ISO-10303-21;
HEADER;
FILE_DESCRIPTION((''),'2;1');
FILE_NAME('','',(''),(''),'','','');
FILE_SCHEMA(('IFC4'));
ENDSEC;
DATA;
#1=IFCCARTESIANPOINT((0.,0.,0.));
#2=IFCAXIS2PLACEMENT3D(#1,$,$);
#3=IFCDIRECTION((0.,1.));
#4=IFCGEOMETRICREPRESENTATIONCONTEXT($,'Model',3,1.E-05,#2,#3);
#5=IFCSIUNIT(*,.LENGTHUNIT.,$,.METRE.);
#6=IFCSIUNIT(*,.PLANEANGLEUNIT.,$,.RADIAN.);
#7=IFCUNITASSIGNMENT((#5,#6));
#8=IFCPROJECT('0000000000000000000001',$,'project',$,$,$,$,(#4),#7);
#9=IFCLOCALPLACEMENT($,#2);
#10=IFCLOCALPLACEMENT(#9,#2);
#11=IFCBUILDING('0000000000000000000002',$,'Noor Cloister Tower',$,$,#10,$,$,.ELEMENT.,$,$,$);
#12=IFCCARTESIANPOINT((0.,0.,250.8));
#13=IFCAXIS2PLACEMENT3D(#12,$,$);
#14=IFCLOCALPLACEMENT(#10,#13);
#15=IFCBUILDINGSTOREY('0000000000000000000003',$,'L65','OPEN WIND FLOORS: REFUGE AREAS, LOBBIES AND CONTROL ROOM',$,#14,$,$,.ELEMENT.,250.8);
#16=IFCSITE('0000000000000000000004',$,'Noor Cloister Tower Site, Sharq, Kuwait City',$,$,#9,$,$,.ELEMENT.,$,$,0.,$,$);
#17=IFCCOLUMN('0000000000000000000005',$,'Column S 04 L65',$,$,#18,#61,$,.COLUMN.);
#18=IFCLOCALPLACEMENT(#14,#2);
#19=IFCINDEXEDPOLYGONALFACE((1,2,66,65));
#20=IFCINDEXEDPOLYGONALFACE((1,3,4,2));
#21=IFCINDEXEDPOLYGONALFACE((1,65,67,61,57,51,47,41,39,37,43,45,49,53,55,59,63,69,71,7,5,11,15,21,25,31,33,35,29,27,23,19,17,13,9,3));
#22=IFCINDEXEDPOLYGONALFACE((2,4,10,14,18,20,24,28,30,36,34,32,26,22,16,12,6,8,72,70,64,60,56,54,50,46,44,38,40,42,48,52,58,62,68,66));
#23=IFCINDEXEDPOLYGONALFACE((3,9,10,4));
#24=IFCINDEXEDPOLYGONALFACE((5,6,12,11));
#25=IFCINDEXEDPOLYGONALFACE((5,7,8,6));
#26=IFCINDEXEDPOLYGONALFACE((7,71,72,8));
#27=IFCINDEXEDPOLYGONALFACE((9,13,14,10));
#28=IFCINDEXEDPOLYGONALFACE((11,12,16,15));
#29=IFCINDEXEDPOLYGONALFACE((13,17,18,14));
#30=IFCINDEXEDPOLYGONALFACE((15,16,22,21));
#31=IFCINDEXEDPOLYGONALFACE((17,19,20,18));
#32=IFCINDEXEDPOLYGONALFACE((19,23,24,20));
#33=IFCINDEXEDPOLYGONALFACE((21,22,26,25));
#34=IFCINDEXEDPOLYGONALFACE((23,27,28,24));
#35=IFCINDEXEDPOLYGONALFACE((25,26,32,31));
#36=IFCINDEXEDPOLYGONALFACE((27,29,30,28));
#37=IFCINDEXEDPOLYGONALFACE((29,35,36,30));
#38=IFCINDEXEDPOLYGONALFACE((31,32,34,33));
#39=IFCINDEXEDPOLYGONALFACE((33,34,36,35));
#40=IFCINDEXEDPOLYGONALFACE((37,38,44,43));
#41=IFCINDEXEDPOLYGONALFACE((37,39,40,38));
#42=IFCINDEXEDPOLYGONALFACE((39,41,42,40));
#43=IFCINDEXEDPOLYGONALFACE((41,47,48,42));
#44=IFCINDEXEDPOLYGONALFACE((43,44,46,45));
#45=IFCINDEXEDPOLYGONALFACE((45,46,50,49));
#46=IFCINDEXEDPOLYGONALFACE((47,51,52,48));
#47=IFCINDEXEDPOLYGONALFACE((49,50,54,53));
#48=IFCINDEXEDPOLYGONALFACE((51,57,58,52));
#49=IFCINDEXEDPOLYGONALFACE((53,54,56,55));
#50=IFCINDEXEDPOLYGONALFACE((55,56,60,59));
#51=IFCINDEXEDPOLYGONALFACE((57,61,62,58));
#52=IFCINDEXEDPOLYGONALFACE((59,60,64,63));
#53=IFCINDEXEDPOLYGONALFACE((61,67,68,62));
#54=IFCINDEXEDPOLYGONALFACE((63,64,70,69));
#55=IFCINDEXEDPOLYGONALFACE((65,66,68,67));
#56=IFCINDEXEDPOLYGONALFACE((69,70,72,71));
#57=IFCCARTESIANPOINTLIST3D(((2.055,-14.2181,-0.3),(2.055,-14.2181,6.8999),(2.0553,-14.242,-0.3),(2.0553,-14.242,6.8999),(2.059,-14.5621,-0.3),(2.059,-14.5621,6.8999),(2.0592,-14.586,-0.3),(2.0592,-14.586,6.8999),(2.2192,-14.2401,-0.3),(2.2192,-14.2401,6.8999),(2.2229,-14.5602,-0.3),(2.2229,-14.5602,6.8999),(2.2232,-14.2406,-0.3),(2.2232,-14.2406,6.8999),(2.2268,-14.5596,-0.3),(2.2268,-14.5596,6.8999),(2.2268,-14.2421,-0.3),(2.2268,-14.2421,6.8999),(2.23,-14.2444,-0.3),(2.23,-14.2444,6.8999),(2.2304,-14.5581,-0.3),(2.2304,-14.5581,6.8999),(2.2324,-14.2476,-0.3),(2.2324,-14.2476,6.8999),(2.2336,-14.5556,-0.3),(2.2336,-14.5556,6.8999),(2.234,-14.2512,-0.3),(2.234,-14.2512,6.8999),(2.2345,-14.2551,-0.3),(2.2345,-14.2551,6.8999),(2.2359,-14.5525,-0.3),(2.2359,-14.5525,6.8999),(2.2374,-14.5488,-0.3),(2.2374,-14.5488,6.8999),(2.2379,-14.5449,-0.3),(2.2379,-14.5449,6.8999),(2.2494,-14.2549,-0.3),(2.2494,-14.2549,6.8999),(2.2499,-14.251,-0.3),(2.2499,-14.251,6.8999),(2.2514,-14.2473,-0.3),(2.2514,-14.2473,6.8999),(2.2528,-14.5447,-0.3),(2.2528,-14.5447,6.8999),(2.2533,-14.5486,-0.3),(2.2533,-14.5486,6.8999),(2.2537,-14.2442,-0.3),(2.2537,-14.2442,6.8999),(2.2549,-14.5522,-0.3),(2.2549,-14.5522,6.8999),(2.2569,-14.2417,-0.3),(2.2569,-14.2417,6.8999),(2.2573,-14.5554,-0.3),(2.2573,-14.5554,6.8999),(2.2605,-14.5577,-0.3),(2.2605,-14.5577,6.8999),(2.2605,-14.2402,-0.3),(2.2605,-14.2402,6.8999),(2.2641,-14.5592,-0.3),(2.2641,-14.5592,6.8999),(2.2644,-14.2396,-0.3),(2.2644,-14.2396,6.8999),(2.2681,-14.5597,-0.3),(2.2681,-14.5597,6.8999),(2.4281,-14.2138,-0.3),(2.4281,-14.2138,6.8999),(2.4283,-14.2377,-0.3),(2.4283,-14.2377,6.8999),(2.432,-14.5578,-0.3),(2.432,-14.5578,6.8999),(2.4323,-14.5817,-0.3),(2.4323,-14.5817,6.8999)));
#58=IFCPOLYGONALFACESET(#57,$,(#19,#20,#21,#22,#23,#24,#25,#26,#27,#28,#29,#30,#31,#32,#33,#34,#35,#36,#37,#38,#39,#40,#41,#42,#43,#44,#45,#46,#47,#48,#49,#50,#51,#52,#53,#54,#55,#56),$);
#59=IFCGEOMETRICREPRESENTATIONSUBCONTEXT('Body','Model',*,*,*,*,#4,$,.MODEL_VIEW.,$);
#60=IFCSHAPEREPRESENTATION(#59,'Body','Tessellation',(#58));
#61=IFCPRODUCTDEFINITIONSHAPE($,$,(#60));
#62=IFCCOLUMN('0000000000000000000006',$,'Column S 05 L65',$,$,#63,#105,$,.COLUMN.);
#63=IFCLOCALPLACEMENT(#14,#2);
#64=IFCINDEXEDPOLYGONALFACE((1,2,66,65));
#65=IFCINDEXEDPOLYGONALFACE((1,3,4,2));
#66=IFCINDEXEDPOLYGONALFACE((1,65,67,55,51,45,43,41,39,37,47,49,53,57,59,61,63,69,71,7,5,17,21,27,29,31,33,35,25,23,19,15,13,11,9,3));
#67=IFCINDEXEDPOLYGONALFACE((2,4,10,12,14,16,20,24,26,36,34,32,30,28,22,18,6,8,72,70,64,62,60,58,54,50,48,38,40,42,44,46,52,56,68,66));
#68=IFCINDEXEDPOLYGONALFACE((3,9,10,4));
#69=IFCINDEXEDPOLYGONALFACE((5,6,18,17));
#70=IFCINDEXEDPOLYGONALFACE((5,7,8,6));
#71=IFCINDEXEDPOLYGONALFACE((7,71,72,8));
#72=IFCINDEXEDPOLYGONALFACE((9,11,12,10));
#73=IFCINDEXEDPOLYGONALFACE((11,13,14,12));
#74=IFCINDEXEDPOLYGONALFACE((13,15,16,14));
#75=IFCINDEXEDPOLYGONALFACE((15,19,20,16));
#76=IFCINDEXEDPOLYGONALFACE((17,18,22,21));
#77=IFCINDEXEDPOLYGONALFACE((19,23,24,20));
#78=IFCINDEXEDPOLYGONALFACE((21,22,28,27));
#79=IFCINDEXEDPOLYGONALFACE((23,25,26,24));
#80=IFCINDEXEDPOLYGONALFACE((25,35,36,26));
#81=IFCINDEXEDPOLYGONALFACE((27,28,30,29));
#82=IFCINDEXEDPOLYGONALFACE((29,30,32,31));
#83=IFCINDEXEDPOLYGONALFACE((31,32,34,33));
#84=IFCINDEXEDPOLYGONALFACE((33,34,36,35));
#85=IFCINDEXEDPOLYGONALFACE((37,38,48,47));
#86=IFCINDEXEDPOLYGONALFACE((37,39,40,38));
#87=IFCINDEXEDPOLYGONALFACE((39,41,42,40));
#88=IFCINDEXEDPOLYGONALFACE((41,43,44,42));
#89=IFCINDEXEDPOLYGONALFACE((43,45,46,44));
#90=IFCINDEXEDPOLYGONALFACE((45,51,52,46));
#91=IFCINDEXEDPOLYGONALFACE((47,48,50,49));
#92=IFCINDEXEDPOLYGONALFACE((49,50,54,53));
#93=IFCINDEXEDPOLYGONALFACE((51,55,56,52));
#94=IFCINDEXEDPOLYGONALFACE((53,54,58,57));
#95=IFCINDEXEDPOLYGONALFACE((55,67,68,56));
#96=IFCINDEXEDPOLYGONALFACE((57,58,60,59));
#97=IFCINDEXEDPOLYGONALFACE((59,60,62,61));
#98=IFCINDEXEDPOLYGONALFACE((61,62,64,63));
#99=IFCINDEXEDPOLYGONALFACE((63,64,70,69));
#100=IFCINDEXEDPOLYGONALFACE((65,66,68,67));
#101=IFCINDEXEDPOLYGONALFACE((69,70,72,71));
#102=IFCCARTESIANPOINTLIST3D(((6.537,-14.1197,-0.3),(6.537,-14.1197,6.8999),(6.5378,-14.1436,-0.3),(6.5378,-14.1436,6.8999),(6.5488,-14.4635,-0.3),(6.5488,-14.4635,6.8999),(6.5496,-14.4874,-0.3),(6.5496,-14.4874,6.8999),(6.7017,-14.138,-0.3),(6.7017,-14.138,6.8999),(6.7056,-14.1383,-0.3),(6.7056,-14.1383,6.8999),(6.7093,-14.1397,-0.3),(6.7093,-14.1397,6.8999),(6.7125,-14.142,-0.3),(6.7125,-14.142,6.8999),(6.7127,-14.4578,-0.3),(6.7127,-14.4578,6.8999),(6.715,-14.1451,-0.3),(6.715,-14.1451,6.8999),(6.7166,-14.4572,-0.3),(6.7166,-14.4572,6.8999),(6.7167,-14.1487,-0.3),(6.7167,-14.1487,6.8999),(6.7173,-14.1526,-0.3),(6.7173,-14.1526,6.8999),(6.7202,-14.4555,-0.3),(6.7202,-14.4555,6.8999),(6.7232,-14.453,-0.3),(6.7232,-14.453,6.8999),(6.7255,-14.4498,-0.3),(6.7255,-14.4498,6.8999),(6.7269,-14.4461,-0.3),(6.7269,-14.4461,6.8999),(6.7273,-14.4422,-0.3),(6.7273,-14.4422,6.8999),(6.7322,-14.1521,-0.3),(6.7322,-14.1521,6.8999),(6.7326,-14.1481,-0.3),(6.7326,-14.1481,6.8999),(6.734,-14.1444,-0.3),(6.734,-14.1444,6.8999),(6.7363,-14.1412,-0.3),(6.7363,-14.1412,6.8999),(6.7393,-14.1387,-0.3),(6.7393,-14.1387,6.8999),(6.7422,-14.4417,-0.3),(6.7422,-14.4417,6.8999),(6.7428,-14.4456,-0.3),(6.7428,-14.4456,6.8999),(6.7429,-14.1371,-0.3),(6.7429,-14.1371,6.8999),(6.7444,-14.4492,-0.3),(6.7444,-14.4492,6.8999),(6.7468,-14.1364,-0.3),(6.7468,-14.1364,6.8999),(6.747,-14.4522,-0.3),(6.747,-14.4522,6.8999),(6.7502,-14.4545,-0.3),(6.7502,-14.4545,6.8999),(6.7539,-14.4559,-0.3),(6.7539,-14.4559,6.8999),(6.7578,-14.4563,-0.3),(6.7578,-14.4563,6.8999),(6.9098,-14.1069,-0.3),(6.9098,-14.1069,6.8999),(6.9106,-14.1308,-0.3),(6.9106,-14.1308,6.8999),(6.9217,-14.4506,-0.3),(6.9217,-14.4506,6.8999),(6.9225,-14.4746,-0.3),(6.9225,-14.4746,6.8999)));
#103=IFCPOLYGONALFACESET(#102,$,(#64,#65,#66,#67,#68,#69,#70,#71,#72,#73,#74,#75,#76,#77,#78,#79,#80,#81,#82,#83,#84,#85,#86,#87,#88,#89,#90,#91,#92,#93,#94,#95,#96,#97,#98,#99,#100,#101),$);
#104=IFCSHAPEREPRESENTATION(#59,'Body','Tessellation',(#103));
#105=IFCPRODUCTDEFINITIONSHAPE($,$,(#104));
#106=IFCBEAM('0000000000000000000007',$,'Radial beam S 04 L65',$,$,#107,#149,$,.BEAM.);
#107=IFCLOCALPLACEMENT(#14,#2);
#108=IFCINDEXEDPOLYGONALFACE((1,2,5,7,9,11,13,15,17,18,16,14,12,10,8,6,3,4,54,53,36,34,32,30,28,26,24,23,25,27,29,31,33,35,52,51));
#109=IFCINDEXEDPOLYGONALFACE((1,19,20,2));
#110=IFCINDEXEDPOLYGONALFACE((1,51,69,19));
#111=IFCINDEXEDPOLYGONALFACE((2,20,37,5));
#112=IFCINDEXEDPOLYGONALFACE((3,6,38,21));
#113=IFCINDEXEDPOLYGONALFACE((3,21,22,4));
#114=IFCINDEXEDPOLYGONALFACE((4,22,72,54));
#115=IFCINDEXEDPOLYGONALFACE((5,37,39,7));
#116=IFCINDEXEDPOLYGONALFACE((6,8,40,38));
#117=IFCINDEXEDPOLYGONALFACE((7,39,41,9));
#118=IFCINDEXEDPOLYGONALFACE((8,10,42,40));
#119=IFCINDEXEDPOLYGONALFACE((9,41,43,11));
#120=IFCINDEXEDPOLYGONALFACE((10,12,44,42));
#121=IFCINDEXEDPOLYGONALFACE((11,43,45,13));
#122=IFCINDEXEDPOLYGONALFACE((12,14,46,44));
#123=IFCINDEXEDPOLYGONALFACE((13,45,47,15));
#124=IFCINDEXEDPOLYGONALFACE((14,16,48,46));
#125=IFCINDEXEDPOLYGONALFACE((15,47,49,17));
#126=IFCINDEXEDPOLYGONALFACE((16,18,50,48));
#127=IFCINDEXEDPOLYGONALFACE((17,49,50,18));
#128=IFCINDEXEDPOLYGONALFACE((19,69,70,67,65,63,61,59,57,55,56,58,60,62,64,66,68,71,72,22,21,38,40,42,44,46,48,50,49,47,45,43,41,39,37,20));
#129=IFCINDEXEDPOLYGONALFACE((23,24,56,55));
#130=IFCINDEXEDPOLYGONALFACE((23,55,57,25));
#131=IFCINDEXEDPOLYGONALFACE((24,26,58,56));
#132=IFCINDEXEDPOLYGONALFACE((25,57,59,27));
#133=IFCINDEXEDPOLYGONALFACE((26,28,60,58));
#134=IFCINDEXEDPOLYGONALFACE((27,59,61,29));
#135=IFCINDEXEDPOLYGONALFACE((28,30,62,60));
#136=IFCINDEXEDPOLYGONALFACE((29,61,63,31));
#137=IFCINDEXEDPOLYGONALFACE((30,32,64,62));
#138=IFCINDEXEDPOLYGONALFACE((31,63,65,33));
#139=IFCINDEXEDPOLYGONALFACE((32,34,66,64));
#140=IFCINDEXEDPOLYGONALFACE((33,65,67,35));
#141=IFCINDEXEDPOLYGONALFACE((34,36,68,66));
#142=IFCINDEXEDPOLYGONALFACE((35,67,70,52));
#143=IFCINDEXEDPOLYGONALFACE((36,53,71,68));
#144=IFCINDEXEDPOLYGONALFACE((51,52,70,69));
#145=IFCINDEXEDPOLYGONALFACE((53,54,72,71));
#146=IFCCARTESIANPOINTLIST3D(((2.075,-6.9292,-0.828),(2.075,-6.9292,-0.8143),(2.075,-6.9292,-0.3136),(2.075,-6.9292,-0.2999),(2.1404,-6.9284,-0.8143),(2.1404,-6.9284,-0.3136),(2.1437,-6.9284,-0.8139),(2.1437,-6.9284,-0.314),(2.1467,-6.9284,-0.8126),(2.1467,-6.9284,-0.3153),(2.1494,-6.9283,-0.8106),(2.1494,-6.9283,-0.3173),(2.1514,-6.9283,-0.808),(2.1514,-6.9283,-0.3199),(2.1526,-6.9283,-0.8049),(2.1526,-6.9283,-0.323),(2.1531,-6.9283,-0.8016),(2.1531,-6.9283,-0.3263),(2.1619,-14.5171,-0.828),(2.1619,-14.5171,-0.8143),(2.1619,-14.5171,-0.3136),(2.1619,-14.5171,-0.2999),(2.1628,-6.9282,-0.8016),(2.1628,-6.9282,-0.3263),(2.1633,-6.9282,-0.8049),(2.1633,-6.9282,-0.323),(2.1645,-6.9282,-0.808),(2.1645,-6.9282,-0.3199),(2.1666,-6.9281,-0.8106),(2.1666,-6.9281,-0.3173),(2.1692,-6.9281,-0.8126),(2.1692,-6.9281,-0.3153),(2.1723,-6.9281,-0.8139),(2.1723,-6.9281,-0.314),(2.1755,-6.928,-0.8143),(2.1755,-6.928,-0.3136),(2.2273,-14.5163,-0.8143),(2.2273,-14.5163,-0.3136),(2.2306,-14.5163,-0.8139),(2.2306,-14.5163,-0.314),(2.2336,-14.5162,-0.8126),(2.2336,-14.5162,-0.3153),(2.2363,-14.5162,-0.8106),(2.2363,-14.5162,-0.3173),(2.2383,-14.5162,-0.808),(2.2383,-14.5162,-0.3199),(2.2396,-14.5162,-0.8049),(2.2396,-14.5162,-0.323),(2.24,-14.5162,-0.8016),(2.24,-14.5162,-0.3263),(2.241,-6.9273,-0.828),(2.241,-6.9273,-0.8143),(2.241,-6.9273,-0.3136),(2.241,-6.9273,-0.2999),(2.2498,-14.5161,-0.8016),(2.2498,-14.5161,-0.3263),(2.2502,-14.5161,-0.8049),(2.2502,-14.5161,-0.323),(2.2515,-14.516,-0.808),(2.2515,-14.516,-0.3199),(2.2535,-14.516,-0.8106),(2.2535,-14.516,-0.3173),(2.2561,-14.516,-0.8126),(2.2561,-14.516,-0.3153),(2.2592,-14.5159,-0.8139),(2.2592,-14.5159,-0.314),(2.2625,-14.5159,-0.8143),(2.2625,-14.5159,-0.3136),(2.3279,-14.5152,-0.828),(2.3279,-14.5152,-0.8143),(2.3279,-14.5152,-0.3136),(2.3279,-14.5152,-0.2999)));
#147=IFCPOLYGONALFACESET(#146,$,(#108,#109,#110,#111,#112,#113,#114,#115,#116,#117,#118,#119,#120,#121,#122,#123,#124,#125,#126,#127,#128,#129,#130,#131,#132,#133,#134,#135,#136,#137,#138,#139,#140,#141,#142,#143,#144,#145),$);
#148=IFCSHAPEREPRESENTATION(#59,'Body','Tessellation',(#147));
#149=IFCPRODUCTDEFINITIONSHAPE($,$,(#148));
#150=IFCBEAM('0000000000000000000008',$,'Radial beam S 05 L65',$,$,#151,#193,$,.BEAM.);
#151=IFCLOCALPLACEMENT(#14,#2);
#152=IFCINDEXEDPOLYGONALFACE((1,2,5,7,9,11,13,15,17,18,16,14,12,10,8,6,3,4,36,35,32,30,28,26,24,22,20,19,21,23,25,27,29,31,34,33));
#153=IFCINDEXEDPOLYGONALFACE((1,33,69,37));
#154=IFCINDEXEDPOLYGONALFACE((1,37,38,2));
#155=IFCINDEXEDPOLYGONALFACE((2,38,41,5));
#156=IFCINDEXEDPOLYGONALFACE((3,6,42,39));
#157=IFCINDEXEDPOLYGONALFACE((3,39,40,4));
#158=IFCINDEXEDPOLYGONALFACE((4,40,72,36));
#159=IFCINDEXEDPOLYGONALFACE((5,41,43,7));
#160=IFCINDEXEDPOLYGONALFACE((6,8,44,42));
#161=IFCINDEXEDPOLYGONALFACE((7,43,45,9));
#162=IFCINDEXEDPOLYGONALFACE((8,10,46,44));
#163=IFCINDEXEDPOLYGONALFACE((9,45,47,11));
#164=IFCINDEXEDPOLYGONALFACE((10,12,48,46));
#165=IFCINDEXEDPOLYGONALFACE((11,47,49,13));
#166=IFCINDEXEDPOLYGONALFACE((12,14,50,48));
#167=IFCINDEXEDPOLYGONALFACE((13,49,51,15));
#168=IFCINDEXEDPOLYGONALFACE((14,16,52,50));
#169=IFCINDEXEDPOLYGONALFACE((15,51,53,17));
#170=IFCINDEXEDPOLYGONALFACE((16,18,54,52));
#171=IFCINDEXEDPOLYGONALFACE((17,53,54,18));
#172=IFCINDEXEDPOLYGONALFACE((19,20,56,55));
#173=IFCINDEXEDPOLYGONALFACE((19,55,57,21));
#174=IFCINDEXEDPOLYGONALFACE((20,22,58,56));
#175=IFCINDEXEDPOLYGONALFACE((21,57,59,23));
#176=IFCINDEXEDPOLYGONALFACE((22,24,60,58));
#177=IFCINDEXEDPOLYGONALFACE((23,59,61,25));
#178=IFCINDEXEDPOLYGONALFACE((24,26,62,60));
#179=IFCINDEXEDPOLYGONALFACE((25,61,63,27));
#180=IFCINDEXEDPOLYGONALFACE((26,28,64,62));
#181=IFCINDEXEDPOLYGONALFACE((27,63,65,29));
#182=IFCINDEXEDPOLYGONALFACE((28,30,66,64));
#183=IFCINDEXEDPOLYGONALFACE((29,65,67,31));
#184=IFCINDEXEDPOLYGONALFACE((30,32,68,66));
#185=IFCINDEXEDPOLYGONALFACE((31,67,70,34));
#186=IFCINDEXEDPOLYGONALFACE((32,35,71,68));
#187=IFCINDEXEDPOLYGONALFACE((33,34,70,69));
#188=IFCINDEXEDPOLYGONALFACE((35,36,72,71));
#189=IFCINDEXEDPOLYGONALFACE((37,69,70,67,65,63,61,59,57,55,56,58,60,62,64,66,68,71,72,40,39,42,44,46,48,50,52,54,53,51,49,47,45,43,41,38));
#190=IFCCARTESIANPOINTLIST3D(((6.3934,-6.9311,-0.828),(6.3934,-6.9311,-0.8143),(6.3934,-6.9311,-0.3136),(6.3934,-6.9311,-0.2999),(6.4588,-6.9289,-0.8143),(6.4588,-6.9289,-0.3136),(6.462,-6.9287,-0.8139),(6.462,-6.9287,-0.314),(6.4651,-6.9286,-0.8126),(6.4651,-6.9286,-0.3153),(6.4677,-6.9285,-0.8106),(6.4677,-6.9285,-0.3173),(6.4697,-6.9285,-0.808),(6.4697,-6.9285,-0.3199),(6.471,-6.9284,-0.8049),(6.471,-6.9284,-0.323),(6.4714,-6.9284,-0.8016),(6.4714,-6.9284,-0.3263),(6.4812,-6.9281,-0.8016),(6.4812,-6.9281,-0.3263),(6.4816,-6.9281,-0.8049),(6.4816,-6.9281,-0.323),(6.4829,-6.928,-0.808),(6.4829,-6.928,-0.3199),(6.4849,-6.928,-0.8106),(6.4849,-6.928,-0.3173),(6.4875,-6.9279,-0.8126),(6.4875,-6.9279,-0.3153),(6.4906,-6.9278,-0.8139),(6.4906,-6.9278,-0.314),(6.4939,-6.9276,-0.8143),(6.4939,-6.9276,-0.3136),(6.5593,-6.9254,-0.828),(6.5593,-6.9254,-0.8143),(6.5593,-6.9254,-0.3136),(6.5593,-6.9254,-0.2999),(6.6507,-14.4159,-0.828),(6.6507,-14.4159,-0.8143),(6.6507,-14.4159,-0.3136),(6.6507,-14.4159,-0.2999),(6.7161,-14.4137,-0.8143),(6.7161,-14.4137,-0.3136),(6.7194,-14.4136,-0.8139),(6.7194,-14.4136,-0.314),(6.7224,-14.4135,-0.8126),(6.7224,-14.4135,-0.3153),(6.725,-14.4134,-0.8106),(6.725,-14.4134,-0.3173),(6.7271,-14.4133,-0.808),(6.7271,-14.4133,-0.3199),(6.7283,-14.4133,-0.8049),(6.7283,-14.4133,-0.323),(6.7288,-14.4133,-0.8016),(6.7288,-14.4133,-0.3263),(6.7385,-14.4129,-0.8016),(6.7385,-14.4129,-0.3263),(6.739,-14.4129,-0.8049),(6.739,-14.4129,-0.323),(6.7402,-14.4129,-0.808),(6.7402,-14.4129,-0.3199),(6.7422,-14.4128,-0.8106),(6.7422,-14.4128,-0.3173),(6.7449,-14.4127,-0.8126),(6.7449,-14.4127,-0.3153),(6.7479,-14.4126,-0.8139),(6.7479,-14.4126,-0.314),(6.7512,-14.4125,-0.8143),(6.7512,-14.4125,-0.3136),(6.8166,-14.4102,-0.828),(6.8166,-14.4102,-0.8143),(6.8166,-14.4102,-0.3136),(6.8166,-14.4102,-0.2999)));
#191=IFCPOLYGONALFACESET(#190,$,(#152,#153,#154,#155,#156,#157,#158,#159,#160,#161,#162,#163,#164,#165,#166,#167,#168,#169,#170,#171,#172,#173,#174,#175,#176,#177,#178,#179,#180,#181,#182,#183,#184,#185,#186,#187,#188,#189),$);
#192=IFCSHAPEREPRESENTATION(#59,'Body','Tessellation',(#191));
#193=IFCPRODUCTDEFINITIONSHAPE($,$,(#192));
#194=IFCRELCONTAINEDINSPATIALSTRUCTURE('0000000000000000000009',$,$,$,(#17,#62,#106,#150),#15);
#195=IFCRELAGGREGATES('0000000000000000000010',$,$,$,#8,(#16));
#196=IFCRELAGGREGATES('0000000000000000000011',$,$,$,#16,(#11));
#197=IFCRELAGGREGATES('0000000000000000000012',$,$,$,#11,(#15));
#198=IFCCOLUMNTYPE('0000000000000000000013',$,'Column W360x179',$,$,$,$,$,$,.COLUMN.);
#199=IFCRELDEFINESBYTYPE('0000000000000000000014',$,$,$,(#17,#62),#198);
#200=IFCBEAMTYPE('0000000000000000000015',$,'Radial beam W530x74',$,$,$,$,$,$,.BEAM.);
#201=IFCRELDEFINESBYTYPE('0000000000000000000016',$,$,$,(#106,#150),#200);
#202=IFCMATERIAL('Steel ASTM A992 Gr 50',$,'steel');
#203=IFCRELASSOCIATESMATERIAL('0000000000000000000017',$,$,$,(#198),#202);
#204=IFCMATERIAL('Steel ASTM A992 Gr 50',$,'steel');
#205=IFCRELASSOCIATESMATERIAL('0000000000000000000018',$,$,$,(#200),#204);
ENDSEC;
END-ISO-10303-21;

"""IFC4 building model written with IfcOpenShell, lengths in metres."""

from ifc_helpers import new_model, si_unit, direction, frame, origin, origin_2d, place, context, subcontext, project, spatial, i_section, extrude, material, material_profile, profile_set, type_object, element, save


model = new_model("IFC4")

# Units and contexts
model_context = context("Model", 3, precision=1e-05, world=origin(), true_north=direction((0.0, 1.0)))
body_context = subcontext(model_context, "Body", "Model", "MODEL_VIEW")
ifc_project = project(units=[si_unit("LENGTHUNIT", "METRE"), si_unit("PLANEANGLEUNIT", "RADIAN")], contexts=[model_context])

# Site, building, storey
site_placement = place(None, origin())
site = spatial("IfcSite", under=ifc_project, at=site_placement, Name="Noor Cloister Tower Site, Sharq, Kuwait City", CompositionType="ELEMENT", RefElevation=0.0)
building_placement = place(site_placement, origin())
building = spatial("IfcBuilding", under=site, at=building_placement, Name="Noor Cloister Tower", CompositionType="ELEMENT")
storey_placement = place(building_placement, frame((0.0, 0.0, 250.8)))
storey = spatial("IfcBuildingStorey", under=building, at=storey_placement, Name="L65", Description="OPEN WIND FLOORS: REFUGE AREAS, LOBBIES AND CONTROL ROOM", CompositionType="ELEMENT", Elevation=250.8)

# Columns
ifc_material_1 = material(Name="Steel ASTM A992 Gr 50", Category="steel")
ifc_material_profile_1 = material_profile(ifc_material_1, i_section(OverallWidth=0.373, OverallDepth=0.3679, WebThickness=0.0149, FlangeThickness=0.0239, FilletRadius=0.0151, at=origin_2d()), Name="W360x179")
ifc_profile_set_1 = profile_set([ifc_material_profile_1], Name="Steel ASTM A992 Gr 50")
column_type = type_object("IfcColumnType", Name="Column W360x179", PredefinedType="COLUMN", material=ifc_profile_set_1)
for number, where, z_axis, x_axis, name in (
    (1, (2.2437, -14.3999, -0.3), (0.0, 0.0, 1.0), (0.999934, 0.011463, 0.0), "Column S 04 L65"),
    (2, (6.7297, -14.2971, -0.3), (0.0, 0.0, 1.0), (0.999409, 0.034383, 0.0), "Column S 05 L65"),
):
    element("IfcColumn", number, at=place(storey_placement, frame(where, z_axis=z_axis, x_axis=x_axis)), inside=storey, type_object=column_type, Name=name, PredefinedType="COLUMN", context=body_context, shape_type="SweptSolid", body=[
        extrude(i_section(OverallWidth=0.373, OverallDepth=0.3679, WebThickness=0.0149, FlangeThickness=0.0239, FilletRadius=0.0151, at=origin_2d()), origin(), (0.0, 0.0, 1.0), 7.2),
    ])

# Beams
ifc_material_2 = material(Name="Steel ASTM A992 Gr 50", Category="steel")
ifc_material_profile_2 = material_profile(ifc_material_2, i_section(OverallWidth=0.166, OverallDepth=0.5281, WebThickness=0.0098, FlangeThickness=0.0137, FilletRadius=0.0127, at=origin_2d()), Name="W530x74")
ifc_profile_set_2 = profile_set([ifc_material_profile_2], Name="Steel ASTM A992 Gr 50")
beam_type_1 = type_object("IfcBeamType", Name="Radial beam W530x74", PredefinedType="BEAM", material=ifc_profile_set_2)
beam_1_placement = place(storey_placement, frame((2.2449, -14.5161, -0.564), z_axis=(-0.011454, 0.999934, 0.0), x_axis=(-0.999934, -0.011454, 0.0)))
element("IfcBeam", 3, at=beam_1_placement, inside=storey, type_object=beam_type_1, Name="Radial beam S 04 L65", PredefinedType="BEAM", context=body_context, shape_type="SweptSolid", body=[
    extrude(i_section(OverallWidth=0.166, OverallDepth=0.5281, WebThickness=0.0098, FlangeThickness=0.0137, FilletRadius=0.0127, at=origin_2d()), origin(), (0.0, 0.0, 1.0), 7.5884),
])
beam_2_placement = place(storey_placement, frame((6.7336, -14.4131, -0.564), z_axis=(-0.034359, 0.99941, 0.0), x_axis=(-0.99941, -0.034359, 0.0)))
element("IfcBeam", 4, at=beam_2_placement, inside=storey, type_object=beam_type_1, Name="Radial beam S 05 L65", PredefinedType="BEAM", context=body_context, shape_type="SweptSolid", body=[
    extrude(i_section(OverallWidth=0.166, OverallDepth=0.5281, WebThickness=0.0098, FlangeThickness=0.0137, FilletRadius=0.0127, at=origin_2d()), origin(), (0.0, 0.0, 1.0), 7.4893),
])

save(model, "model.ifc")
